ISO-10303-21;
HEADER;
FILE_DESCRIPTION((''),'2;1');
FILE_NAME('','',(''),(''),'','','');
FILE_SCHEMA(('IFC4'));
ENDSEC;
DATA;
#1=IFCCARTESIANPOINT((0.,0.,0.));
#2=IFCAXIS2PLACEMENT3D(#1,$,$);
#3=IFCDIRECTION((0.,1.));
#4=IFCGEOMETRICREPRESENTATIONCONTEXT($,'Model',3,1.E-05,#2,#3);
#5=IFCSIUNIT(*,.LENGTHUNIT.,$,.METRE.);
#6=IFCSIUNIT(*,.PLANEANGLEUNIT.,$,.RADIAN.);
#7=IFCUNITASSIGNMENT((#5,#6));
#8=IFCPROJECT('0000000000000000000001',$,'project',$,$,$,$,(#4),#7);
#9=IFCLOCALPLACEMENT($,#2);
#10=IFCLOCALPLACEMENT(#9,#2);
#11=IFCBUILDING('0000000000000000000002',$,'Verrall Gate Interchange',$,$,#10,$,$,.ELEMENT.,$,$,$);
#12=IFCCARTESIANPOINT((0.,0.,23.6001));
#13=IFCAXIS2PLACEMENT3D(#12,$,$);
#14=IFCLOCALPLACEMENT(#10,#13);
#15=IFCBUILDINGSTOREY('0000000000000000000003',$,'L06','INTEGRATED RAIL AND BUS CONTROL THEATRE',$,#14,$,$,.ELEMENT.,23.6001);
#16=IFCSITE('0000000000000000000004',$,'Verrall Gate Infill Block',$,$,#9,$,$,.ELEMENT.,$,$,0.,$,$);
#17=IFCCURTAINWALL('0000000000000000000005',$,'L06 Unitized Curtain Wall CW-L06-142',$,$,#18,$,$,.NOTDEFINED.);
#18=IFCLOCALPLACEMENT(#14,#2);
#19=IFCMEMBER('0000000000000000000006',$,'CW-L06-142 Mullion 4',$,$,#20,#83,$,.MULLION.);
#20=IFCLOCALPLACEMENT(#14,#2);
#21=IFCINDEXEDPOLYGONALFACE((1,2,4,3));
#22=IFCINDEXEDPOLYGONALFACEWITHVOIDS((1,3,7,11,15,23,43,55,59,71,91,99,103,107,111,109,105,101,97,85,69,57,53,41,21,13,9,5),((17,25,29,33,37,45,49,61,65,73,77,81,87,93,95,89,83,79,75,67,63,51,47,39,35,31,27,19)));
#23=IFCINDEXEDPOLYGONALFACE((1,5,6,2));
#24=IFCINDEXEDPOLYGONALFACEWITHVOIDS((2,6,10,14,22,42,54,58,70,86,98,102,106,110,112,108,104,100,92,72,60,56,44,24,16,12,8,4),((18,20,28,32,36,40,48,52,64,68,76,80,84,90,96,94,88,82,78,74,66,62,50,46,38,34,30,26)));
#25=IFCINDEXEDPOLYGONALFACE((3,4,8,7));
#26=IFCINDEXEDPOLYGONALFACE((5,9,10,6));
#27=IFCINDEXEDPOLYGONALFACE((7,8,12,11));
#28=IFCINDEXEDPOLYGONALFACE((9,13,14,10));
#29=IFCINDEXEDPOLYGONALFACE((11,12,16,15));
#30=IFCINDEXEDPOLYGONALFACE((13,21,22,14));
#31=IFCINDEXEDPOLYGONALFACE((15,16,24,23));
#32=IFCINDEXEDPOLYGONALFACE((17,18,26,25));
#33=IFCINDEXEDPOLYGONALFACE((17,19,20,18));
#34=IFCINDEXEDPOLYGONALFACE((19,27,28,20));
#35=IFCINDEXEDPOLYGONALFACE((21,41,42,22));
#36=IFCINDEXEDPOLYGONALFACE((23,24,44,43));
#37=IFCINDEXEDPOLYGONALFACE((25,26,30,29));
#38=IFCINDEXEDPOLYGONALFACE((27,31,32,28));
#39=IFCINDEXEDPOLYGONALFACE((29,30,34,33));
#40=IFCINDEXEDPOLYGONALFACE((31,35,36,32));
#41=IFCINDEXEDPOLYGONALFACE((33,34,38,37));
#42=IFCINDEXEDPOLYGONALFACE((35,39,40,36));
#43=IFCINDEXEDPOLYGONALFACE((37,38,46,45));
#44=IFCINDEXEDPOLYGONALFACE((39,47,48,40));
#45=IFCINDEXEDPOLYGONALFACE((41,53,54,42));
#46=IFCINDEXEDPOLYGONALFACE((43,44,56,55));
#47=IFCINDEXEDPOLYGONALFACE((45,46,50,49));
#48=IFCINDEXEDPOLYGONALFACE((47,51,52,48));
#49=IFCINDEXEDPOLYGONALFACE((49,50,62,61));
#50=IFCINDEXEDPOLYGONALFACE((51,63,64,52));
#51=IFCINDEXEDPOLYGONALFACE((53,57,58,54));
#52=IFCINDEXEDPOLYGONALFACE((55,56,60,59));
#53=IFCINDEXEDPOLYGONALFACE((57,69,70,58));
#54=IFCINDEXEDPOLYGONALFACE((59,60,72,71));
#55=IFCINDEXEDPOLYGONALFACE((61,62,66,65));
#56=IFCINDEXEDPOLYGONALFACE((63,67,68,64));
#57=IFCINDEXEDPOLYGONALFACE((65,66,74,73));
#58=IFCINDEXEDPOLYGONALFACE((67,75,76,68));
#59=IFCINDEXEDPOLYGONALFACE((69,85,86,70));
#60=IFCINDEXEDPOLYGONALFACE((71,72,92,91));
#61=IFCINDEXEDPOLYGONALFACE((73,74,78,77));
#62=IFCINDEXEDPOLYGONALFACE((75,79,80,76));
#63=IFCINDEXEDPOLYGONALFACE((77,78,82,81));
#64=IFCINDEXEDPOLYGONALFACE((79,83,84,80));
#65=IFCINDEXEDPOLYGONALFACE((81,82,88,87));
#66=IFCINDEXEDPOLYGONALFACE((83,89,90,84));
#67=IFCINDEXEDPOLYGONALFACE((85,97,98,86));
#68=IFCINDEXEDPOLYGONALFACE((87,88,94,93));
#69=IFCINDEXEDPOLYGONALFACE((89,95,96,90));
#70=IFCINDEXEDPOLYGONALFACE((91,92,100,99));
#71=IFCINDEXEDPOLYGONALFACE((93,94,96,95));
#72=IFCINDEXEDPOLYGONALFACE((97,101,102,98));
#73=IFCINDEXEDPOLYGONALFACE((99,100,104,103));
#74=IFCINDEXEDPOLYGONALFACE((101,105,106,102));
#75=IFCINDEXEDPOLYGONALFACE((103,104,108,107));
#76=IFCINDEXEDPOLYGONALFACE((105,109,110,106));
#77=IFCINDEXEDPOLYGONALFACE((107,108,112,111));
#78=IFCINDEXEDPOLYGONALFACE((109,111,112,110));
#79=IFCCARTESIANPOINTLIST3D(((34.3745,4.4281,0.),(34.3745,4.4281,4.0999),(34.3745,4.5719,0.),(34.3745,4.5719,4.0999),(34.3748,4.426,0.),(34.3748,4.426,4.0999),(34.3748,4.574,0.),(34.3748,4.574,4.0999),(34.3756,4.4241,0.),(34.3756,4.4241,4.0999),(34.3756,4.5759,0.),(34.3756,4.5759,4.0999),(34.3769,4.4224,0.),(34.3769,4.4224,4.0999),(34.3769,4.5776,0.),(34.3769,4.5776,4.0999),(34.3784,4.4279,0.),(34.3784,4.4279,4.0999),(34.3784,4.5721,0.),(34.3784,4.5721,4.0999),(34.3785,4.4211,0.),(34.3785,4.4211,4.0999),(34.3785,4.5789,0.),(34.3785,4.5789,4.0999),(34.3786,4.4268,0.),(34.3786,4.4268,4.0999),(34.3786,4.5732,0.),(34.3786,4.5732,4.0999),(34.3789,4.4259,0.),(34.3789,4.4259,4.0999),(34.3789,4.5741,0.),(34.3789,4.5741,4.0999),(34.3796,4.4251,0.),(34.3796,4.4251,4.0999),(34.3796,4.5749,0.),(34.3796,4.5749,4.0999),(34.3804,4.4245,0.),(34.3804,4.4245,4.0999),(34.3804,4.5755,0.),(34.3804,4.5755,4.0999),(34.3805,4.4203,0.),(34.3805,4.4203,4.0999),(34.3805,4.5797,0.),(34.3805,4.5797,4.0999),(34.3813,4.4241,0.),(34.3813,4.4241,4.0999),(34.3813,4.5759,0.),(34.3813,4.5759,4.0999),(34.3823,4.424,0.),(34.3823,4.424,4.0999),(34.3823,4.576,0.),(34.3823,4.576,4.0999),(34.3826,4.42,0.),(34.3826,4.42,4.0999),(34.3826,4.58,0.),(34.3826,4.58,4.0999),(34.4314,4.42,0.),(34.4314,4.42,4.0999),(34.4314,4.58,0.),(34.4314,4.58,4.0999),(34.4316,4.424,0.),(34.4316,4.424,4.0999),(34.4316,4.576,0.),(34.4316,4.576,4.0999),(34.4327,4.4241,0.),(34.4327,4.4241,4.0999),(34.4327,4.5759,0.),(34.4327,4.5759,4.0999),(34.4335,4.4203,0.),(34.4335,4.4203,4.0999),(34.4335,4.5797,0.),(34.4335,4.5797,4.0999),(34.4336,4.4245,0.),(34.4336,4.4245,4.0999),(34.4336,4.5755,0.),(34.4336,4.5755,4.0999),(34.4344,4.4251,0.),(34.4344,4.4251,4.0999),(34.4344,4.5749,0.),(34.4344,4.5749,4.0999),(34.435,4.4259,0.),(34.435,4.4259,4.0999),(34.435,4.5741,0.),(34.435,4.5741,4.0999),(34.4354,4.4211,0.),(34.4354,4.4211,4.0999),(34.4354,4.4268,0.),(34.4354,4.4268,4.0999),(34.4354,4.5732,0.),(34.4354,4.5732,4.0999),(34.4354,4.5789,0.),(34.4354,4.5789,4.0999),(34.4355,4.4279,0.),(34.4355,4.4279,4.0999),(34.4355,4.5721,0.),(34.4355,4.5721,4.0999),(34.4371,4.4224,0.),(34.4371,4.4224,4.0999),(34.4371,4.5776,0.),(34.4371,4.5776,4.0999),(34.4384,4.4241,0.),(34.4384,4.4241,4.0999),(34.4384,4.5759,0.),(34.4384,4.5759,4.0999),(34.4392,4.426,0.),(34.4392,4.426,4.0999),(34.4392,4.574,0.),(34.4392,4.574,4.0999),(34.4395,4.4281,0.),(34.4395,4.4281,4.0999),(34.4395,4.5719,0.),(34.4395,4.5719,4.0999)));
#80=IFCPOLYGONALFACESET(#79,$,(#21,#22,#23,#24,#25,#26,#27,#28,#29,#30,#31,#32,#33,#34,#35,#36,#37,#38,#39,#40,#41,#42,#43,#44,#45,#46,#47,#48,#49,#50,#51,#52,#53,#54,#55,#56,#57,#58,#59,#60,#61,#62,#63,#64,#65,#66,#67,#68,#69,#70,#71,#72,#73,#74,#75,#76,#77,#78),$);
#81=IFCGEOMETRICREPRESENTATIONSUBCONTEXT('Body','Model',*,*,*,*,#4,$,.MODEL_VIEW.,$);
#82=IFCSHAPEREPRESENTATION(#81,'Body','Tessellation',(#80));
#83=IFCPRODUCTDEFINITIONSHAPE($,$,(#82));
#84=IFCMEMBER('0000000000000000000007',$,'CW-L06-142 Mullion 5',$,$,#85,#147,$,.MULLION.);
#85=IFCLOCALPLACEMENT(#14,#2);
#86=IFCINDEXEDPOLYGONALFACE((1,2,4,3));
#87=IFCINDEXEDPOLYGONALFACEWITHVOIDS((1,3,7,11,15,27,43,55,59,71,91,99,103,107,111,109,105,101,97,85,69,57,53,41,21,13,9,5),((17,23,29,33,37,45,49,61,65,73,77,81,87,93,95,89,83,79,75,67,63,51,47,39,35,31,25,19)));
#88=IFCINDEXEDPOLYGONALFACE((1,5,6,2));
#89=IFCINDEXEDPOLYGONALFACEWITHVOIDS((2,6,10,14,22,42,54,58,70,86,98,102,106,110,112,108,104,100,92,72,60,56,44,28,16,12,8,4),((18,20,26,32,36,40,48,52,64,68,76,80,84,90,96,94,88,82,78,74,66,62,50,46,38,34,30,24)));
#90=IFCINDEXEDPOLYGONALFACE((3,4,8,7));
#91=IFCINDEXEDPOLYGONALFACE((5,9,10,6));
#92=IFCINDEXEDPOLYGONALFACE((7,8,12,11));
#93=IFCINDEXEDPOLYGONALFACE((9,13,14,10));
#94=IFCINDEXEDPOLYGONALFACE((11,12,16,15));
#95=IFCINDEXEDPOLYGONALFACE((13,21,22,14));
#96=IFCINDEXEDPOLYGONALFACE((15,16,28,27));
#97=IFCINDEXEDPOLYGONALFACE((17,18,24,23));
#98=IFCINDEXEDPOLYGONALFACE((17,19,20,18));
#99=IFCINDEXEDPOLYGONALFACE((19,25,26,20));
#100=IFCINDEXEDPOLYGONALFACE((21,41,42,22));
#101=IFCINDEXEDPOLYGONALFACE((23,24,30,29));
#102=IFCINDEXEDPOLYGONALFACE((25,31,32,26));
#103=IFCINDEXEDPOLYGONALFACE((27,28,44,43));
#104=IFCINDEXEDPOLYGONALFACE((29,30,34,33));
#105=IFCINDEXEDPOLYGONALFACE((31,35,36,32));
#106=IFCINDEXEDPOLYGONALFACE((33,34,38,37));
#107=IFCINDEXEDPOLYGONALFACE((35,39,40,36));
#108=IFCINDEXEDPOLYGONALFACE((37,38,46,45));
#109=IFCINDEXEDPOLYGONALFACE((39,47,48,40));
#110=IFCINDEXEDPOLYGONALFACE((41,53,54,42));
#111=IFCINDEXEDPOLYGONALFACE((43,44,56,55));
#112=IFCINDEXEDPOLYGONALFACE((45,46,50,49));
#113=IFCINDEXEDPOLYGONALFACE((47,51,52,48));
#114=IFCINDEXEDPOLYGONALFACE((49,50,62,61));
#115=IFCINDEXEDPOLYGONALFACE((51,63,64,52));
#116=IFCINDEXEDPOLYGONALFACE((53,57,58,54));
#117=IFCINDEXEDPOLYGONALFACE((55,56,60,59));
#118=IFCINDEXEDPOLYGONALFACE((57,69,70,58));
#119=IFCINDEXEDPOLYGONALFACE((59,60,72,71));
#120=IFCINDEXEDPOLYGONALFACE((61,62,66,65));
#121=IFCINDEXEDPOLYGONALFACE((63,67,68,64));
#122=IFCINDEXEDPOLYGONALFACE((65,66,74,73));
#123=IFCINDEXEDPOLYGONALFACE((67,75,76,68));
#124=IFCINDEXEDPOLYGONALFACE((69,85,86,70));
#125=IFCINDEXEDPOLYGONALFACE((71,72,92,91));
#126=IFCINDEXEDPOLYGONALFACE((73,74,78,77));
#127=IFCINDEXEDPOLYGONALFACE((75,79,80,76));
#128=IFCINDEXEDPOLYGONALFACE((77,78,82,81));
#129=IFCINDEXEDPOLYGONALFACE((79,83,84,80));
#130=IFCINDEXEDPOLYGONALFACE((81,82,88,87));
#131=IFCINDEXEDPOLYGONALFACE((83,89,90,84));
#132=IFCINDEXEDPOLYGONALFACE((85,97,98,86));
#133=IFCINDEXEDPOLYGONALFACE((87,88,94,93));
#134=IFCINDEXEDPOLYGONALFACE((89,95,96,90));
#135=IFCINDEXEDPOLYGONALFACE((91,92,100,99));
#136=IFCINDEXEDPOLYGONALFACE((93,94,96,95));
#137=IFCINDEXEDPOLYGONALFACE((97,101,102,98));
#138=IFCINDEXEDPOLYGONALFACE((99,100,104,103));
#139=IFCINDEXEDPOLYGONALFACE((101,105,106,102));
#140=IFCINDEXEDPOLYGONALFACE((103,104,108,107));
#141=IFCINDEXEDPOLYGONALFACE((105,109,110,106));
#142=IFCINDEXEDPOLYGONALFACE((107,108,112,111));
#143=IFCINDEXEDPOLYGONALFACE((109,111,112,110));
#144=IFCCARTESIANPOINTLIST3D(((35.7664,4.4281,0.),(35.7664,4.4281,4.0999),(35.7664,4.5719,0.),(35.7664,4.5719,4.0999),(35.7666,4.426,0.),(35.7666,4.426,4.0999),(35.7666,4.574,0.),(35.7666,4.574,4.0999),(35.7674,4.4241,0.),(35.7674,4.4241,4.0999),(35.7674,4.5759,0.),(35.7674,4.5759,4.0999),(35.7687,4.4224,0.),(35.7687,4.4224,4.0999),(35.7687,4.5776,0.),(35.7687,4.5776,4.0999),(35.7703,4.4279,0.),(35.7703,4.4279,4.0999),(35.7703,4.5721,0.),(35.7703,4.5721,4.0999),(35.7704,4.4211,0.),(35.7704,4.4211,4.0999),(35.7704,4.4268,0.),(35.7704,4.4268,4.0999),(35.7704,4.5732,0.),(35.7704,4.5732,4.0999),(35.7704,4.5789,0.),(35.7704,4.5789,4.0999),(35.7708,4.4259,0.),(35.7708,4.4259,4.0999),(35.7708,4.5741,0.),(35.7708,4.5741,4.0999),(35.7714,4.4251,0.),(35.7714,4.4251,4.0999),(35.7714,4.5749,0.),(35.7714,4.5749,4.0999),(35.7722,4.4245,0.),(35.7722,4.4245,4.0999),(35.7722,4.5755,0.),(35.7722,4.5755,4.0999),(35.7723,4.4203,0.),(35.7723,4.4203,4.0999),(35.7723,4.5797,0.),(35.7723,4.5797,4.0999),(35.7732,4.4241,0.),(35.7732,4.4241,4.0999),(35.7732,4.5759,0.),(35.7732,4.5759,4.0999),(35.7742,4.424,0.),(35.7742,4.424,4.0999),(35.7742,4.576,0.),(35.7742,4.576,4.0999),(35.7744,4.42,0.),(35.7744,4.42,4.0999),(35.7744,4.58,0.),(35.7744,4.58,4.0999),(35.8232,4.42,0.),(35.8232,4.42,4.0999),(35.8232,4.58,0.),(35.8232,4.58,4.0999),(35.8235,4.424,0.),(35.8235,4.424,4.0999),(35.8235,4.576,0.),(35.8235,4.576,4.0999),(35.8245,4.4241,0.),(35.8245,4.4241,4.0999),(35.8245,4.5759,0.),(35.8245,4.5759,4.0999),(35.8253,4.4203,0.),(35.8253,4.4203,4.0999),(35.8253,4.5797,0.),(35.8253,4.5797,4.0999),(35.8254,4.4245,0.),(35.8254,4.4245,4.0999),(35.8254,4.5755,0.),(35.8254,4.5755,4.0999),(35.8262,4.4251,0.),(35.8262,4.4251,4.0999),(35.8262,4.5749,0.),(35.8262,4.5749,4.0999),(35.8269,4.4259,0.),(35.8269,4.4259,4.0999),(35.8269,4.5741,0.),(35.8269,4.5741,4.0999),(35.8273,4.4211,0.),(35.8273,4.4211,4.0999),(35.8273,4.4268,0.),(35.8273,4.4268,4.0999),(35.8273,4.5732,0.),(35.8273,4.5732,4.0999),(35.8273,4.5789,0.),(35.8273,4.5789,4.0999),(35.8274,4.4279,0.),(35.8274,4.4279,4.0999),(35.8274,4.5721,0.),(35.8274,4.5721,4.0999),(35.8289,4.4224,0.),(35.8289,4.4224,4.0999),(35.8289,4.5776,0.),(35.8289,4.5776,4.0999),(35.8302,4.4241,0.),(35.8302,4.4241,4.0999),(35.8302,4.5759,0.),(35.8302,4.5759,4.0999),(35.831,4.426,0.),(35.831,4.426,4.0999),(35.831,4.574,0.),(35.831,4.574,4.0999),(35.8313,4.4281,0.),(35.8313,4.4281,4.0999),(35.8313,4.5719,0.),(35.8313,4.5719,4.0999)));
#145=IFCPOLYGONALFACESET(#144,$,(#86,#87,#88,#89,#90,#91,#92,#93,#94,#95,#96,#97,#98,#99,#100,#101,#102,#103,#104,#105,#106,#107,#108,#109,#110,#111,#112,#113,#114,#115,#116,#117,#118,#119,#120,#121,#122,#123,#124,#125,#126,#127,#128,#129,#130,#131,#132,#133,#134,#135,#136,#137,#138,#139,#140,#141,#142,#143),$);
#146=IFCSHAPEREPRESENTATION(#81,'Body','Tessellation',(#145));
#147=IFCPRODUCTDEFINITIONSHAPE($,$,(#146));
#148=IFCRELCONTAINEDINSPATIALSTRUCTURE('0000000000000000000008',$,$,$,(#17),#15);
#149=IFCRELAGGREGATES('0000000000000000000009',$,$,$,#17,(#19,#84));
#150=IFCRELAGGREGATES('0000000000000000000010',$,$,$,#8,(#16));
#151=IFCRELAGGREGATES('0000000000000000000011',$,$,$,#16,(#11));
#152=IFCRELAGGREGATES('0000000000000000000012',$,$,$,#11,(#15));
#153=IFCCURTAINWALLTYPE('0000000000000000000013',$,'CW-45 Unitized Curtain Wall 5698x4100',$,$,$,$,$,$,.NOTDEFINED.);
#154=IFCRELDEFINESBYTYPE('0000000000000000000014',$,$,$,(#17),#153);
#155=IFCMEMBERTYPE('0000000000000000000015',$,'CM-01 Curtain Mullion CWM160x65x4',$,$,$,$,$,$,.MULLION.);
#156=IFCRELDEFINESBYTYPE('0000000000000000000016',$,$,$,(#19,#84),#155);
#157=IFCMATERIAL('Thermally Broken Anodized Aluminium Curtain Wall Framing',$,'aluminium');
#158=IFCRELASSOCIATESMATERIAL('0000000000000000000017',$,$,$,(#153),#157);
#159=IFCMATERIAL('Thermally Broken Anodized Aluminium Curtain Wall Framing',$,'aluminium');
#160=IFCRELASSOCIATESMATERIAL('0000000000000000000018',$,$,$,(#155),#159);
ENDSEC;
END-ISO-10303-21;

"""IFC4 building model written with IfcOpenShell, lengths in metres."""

from ifc_helpers import new_model, si_unit, direction, frame, origin, origin_2d, place, context, subcontext, project, spatial, hollow_rectangle, extrude, material, material_profile, profile_set, type_object, element, aggregate, save


model = new_model("IFC4")

# Units and contexts
model_context = context("Model", 3, precision=1e-05, world=origin(), true_north=direction((0.0, 1.0)))
body_context = subcontext(model_context, "Body", "Model", "MODEL_VIEW")
ifc_project = project(units=[si_unit("LENGTHUNIT", "METRE"), si_unit("PLANEANGLEUNIT", "RADIAN")], contexts=[model_context])

# Site, building, storey
site_placement = place(None, origin())
site = spatial("IfcSite", under=ifc_project, at=site_placement, Name="Verrall Gate Infill Block", CompositionType="ELEMENT", RefElevation=0.0)
building_placement = place(site_placement, origin())
building = spatial("IfcBuilding", under=site, at=building_placement, Name="Verrall Gate Interchange", CompositionType="ELEMENT")
storey_placement = place(building_placement, frame((0.0, 0.0, 23.6001)))
storey = spatial("IfcBuildingStorey", under=building, at=storey_placement, Name="L06", Description="INTEGRATED RAIL AND BUS CONTROL THEATRE", CompositionType="ELEMENT", Elevation=23.6001)

# Curtain wall, members
ifc_material_1 = material(Name="Thermally Broken Anodized Aluminium Curtain Wall Framing", Category="aluminium")
curtain_wall_type_1 = type_object("IfcCurtainWallType", Name="CW-45 Unitized Curtain Wall 5698x4100", PredefinedType="NOTDEFINED", material=ifc_material_1)
curtain_wall_1_placement = place(storey_placement, origin())
curtain_wall_1 = element("IfcCurtainWall", 1, at=curtain_wall_1_placement, inside=storey, type_object=curtain_wall_type_1, Name="L06 Unitized Curtain Wall CW-L06-142", PredefinedType="NOTDEFINED")
ifc_material_2 = material(Name="Thermally Broken Anodized Aluminium Curtain Wall Framing", Category="aluminium")
ifc_material_profile_1 = material_profile(ifc_material_2, hollow_rectangle(XDim=0.0649, YDim=0.1599, WallThickness=0.0039, InnerFilletRadius=0.0039, OuterFilletRadius=0.0081, at=origin_2d()), Name="CWM160x65x4")
ifc_profile_set_1 = profile_set([ifc_material_profile_1], Name="Thermally Broken Anodized Aluminium Curtain Wall Framing")
member_type_1 = type_object("IfcMemberType", Name="CM-01 Curtain Mullion CWM160x65x4", PredefinedType="MULLION", material=ifc_profile_set_1)
member_1_placement = place(storey_placement, frame((34.407, 4.5, 0.0), z_axis=(0.0, 0.0, 1.0), x_axis=(1.0, 0.0, 0.0)))
member_1 = element("IfcMember", 2, at=member_1_placement, type_object=member_type_1, Name="CW-L06-142 Mullion 4", PredefinedType="MULLION", context=body_context, shape_type="SweptSolid", body=[
    extrude(hollow_rectangle(XDim=0.0649, YDim=0.1599, WallThickness=0.0039, InnerFilletRadius=0.0039, OuterFilletRadius=0.0081, at=origin_2d()), origin(), (0.0, 0.0, 1.0), 4.0999),
])
member_2_placement = place(storey_placement, frame((35.7988, 4.5, 0.0), z_axis=(0.0, 0.0, 1.0), x_axis=(1.0, 0.0, 0.0)))
member_2 = element("IfcMember", 3, at=member_2_placement, type_object=member_type_1, Name="CW-L06-142 Mullion 5", PredefinedType="MULLION", context=body_context, shape_type="SweptSolid", body=[
    extrude(hollow_rectangle(XDim=0.0649, YDim=0.1599, WallThickness=0.0039, InnerFilletRadius=0.0039, OuterFilletRadius=0.0081, at=origin_2d()), origin(), (0.0, 0.0, 1.0), 4.0999),
])

aggregate(curtain_wall_1, [member_1, member_2])

save(model, "model.ifc")
